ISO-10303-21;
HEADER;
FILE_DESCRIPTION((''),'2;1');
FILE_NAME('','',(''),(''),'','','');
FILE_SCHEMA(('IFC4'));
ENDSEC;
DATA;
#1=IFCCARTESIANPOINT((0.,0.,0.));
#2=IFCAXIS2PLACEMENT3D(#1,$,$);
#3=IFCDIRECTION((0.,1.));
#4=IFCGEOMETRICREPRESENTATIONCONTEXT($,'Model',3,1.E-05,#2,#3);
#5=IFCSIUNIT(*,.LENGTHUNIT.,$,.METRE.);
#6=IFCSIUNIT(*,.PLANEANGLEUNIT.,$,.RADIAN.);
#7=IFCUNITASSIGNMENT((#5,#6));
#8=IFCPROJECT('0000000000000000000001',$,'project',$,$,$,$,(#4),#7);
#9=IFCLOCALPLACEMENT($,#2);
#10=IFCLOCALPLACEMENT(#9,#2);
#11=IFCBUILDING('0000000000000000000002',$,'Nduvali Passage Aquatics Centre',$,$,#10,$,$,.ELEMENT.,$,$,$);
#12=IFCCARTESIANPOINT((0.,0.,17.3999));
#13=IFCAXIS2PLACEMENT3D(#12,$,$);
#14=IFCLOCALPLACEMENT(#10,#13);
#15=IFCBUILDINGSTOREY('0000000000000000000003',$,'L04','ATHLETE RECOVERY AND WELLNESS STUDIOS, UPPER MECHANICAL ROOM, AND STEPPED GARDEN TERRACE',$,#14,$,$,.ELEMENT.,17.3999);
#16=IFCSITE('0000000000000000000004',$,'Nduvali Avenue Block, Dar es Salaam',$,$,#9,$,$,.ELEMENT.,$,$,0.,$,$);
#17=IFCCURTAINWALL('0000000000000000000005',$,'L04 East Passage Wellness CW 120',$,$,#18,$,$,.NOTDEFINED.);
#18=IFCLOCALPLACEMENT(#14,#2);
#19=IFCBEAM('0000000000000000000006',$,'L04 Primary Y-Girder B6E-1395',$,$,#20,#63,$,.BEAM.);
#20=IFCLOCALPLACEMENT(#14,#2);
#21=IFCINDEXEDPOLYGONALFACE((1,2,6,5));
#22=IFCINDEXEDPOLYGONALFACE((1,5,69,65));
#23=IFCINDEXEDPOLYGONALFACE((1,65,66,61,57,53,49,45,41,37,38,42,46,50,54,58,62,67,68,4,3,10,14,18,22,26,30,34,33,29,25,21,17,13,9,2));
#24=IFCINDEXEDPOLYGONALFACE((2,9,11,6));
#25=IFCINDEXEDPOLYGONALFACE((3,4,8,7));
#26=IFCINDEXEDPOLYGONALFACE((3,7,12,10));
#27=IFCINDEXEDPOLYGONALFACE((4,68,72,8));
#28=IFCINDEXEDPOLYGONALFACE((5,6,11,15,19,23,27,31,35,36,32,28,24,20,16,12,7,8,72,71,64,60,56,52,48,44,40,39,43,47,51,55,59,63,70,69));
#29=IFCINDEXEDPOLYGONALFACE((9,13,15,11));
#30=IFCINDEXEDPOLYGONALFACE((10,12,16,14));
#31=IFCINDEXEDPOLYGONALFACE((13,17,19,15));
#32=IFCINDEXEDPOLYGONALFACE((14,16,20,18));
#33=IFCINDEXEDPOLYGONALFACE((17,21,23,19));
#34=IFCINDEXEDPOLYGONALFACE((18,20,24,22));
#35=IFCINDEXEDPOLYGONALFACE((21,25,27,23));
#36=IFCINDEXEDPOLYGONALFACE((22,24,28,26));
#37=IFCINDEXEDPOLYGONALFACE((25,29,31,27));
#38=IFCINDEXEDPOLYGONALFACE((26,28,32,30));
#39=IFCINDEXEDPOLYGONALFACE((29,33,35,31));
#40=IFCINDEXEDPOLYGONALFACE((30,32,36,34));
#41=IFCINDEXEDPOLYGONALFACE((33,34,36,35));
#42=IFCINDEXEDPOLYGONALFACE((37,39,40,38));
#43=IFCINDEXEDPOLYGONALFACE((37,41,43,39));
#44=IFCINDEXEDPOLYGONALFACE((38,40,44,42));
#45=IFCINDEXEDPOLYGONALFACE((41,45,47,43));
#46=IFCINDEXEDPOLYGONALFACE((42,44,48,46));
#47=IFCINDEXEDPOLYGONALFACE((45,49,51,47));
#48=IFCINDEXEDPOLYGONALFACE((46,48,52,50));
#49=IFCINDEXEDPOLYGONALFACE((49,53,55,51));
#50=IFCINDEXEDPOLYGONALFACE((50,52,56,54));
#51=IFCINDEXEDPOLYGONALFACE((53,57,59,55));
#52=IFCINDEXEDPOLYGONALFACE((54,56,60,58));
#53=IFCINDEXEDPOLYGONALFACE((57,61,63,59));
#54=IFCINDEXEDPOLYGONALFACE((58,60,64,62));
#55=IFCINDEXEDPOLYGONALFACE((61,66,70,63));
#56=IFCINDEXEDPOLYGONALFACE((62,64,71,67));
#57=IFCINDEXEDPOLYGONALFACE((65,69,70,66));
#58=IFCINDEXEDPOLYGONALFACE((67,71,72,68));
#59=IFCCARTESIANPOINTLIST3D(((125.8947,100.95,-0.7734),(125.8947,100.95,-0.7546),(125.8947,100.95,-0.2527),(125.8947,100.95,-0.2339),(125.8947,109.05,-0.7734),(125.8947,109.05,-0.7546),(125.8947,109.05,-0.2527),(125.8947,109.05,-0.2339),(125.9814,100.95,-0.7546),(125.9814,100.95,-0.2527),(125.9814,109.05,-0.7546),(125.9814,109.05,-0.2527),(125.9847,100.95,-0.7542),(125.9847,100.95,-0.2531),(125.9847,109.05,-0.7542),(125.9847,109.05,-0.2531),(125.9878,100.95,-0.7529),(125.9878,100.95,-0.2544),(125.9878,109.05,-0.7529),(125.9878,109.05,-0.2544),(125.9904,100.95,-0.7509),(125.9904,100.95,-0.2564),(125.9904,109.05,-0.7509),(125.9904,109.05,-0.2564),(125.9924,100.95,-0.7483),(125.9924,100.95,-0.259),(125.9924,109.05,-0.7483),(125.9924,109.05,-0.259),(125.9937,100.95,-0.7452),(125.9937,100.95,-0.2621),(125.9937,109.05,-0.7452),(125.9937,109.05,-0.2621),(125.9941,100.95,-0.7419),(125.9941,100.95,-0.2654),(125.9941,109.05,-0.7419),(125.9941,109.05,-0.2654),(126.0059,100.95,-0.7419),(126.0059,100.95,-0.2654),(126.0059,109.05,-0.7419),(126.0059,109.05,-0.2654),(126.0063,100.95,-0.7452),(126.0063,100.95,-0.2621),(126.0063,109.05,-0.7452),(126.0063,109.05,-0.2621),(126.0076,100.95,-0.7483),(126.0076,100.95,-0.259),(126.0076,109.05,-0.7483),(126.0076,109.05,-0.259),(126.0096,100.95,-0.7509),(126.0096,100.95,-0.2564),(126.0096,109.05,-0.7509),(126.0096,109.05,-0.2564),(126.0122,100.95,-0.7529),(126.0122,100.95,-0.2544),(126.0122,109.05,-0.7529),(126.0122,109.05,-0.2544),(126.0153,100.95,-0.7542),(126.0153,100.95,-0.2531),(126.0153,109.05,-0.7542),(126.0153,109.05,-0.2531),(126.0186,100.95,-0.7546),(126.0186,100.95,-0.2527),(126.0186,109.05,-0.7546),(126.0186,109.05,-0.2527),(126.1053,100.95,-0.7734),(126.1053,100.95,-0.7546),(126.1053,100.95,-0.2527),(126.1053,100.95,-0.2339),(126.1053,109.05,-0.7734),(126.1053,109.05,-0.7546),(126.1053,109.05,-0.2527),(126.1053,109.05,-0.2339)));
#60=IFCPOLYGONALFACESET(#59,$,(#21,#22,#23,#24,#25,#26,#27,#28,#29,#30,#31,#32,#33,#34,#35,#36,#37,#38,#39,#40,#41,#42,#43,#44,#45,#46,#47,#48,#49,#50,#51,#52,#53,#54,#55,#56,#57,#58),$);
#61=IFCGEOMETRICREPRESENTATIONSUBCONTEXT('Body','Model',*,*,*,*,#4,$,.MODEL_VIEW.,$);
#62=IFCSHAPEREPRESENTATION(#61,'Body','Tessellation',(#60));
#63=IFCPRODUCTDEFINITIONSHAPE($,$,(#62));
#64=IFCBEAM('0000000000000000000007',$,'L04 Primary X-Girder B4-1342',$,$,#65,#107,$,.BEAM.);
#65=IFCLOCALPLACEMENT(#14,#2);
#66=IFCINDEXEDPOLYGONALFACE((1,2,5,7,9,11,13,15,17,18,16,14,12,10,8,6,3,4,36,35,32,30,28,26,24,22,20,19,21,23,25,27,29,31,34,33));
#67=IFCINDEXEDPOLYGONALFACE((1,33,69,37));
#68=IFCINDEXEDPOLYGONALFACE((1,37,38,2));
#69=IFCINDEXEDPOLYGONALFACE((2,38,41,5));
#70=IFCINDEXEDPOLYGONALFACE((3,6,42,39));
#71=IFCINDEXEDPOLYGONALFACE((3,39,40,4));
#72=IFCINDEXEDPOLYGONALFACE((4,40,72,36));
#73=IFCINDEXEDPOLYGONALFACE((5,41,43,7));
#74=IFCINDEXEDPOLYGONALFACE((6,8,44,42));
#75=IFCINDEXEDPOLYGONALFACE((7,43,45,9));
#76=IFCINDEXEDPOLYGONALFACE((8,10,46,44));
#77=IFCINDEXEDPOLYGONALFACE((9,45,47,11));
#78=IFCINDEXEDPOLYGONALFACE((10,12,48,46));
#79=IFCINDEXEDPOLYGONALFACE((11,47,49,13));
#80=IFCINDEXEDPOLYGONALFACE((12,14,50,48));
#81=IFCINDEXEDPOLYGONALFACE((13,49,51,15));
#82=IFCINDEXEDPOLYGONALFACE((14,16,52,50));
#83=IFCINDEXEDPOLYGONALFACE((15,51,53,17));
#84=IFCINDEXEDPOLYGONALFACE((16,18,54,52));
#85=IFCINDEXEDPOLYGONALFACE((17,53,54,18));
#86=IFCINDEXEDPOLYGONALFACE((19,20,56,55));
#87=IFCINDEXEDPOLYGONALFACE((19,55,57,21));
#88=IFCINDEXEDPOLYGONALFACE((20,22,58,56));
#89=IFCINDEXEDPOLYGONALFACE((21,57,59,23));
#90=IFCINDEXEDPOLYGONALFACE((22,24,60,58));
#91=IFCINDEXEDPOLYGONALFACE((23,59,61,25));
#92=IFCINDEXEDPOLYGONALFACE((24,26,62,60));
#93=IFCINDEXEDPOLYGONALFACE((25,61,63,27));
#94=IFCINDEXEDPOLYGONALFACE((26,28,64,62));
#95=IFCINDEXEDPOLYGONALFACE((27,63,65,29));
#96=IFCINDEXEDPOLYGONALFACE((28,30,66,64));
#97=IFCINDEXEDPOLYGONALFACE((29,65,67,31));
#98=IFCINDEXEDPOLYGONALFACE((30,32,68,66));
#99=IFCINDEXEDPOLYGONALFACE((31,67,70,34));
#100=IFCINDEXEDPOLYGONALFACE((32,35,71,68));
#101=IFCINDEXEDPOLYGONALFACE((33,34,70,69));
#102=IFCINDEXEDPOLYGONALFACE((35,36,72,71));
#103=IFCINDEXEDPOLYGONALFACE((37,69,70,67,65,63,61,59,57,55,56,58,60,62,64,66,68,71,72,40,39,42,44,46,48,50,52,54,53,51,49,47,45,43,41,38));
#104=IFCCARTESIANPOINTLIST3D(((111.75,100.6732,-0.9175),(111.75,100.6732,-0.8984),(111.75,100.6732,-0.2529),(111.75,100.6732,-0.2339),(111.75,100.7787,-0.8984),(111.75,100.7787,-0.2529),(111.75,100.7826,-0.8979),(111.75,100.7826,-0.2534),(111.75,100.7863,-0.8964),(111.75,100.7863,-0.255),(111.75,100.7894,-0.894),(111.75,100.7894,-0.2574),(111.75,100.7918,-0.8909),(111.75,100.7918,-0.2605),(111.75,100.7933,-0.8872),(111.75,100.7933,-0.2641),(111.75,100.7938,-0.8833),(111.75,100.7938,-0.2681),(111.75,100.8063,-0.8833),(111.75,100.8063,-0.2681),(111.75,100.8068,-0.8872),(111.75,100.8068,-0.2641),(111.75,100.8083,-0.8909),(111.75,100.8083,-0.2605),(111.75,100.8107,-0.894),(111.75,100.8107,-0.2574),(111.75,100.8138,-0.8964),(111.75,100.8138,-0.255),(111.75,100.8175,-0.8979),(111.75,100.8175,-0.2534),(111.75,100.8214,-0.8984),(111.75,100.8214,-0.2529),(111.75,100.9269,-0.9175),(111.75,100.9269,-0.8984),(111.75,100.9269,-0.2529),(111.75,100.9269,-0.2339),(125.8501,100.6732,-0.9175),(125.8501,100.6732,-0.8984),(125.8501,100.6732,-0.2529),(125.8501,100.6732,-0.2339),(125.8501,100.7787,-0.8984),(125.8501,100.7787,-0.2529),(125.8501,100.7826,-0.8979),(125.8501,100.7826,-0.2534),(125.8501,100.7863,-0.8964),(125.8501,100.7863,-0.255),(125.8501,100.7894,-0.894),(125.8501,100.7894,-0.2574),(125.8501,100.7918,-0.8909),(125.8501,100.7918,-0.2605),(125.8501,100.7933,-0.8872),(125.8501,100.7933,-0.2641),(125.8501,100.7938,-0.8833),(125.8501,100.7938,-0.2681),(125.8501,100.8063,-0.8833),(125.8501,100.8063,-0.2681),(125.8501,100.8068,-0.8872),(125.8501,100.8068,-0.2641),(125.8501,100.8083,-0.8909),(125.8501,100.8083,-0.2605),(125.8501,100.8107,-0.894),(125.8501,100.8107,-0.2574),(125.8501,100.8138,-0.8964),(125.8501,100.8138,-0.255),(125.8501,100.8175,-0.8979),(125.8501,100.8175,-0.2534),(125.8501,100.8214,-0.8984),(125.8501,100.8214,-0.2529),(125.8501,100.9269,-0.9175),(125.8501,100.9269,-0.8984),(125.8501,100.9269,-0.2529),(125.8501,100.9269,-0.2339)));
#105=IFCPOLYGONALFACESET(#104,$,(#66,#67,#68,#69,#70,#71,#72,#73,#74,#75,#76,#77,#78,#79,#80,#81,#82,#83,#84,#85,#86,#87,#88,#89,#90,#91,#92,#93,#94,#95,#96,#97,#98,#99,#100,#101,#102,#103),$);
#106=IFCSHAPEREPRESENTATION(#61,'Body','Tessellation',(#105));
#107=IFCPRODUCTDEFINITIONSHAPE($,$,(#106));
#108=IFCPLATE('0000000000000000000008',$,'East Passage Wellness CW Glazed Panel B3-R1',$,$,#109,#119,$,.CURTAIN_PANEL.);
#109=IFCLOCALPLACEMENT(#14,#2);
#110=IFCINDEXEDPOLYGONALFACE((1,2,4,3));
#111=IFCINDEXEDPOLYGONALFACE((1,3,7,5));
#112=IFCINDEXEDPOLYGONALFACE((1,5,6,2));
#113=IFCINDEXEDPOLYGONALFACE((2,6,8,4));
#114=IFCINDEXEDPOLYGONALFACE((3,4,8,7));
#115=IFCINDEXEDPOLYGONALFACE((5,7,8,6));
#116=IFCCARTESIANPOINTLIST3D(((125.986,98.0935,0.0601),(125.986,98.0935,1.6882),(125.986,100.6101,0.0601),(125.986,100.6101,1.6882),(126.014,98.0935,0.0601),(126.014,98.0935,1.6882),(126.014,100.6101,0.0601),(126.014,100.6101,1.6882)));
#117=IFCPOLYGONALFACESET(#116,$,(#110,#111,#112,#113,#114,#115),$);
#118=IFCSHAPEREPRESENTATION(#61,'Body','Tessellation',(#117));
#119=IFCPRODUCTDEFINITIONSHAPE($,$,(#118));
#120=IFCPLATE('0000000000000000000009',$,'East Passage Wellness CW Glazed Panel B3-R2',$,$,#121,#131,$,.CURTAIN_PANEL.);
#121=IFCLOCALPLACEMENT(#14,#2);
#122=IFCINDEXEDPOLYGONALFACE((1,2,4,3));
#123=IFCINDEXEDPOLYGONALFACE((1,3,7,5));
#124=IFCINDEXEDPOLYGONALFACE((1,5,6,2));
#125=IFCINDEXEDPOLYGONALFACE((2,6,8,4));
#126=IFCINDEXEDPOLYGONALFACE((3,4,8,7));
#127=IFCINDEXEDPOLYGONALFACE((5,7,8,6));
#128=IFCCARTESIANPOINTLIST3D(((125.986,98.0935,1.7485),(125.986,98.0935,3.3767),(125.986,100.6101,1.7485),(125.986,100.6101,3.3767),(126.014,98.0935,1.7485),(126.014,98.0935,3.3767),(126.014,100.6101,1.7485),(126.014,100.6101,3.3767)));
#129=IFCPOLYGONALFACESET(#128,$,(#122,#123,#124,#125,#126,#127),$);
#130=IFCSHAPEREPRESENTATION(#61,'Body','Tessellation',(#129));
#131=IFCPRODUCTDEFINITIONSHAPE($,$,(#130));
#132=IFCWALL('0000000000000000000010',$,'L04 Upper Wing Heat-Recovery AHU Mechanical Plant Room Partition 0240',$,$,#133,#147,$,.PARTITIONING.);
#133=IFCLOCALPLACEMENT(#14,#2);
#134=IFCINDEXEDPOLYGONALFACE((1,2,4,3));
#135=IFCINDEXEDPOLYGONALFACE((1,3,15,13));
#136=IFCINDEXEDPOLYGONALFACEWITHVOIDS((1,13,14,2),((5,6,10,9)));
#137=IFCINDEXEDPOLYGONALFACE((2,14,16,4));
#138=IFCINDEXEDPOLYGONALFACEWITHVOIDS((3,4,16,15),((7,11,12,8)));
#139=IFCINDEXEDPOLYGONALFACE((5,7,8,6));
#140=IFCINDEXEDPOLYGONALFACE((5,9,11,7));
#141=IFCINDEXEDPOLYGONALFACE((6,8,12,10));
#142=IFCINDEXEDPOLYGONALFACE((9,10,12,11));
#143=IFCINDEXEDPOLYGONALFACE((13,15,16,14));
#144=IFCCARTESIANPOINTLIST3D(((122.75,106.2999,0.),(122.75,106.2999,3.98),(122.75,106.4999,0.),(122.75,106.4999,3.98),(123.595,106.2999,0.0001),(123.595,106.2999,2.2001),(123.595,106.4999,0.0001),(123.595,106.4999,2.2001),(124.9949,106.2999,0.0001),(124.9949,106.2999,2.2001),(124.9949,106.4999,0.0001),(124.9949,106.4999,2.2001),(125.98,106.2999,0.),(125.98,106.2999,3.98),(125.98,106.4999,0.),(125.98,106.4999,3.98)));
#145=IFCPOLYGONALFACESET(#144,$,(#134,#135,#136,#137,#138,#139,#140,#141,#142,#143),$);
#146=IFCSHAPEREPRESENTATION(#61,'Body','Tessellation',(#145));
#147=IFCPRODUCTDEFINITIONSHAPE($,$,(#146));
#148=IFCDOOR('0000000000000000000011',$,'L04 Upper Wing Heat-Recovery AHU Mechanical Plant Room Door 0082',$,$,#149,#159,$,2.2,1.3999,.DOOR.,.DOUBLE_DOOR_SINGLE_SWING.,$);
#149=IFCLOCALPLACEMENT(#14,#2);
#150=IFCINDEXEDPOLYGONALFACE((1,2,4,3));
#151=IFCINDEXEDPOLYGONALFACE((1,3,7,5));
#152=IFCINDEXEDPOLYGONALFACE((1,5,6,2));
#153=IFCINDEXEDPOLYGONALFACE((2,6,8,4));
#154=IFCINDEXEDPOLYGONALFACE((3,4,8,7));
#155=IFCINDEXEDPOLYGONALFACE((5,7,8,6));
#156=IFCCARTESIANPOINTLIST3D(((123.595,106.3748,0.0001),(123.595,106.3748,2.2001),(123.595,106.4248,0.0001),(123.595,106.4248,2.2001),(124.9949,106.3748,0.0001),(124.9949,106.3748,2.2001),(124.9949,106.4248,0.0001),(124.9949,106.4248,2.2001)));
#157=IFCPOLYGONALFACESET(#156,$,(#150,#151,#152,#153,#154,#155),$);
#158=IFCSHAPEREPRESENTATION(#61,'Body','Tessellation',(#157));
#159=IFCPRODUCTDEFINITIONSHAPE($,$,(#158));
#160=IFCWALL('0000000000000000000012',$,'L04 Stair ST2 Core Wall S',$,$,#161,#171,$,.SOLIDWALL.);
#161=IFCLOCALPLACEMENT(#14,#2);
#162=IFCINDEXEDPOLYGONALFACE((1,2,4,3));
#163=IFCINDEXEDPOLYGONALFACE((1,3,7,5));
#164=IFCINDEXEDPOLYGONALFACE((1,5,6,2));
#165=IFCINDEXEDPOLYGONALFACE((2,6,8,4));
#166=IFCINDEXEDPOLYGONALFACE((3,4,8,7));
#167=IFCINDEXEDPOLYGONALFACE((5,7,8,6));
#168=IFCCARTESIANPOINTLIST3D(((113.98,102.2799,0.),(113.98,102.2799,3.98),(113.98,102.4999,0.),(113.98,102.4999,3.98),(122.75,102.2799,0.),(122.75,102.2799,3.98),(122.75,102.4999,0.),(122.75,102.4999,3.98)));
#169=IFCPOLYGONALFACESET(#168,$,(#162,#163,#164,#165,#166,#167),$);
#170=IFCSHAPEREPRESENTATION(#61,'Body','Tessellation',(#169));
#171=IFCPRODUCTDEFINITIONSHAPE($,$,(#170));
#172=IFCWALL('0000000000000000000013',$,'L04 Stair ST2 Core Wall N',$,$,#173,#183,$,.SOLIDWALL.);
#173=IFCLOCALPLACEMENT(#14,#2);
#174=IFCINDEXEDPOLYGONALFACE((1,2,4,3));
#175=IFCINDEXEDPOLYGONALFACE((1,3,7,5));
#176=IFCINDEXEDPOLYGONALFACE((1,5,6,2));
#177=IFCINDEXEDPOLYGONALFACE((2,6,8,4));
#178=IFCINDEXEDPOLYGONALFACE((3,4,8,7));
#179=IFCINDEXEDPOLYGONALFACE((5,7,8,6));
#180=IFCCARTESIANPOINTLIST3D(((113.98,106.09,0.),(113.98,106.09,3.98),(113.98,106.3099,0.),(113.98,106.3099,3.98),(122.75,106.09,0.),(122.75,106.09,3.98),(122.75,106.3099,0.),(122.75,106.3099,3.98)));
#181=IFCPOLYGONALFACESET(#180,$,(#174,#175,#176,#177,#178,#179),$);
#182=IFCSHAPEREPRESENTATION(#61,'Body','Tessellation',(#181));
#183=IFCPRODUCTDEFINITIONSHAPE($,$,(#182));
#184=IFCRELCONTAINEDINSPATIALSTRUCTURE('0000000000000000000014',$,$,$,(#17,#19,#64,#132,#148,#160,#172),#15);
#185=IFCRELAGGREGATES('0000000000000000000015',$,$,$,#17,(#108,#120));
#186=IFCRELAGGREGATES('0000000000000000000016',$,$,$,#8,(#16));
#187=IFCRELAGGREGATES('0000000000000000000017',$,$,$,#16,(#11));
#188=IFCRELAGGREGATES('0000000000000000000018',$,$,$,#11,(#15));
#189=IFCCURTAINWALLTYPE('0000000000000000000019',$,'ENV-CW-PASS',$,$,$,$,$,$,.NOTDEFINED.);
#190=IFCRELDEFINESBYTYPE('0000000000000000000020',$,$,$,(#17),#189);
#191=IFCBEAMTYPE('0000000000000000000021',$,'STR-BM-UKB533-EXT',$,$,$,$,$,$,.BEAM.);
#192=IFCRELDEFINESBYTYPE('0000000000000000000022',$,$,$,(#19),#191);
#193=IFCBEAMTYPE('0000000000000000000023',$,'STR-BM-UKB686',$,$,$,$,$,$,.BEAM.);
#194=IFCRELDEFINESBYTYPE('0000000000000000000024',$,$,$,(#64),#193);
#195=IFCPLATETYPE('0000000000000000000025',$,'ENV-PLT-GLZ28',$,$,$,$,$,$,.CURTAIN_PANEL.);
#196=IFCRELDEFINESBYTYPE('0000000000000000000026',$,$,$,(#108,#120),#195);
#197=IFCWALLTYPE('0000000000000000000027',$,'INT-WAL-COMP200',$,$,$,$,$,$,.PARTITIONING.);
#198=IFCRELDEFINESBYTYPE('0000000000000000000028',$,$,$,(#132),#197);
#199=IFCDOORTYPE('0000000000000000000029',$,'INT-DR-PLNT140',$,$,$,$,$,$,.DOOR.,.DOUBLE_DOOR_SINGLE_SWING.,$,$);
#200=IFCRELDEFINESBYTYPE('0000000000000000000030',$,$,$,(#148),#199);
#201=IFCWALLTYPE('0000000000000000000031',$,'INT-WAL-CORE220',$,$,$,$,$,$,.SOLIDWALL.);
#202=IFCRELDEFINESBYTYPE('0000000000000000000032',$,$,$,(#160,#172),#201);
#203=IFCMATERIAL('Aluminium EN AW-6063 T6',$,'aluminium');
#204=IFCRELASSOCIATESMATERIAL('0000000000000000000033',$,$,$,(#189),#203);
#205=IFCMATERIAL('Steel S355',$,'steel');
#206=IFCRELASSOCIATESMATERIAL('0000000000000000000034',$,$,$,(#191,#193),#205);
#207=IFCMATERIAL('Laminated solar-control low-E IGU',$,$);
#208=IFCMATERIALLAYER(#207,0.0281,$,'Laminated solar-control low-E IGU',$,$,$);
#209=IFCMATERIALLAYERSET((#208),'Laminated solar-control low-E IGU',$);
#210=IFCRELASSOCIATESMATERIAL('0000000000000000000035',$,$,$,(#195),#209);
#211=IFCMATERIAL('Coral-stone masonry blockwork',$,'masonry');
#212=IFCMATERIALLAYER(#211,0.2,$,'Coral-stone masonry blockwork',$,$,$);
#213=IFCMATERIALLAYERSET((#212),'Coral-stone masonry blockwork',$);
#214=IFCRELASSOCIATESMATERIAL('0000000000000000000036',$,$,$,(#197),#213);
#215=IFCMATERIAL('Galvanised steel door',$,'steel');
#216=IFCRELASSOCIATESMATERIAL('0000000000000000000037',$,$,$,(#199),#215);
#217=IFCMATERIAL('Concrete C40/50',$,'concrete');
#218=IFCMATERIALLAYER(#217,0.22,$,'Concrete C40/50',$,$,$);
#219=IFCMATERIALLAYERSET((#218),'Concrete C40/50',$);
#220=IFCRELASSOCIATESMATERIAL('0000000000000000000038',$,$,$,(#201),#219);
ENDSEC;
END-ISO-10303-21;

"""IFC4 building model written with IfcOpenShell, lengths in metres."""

from ifc_helpers import new_model, si_unit, direction, frame, frame_2d, origin, origin_2d, place, context, subcontext, project, spatial, rectangle, i_section, extrude, material, layer, layer_set, material_profile, profile_set, type_object, element, fill, aggregate, save


model = new_model("IFC4")

# Units and contexts
model_context = context("Model", 3, precision=1e-05, world=origin(), true_north=direction((0.0, 1.0)))
body_context = subcontext(model_context, "Body", "Model", "MODEL_VIEW")
ifc_project = project(units=[si_unit("LENGTHUNIT", "METRE"), si_unit("PLANEANGLEUNIT", "RADIAN")], contexts=[model_context])

# Site, building, storey
site_placement = place(None, origin())
site = spatial("IfcSite", under=ifc_project, at=site_placement, Name="Nduvali Avenue Block, Dar es Salaam", CompositionType="ELEMENT", RefElevation=0.0)
building_placement = place(site_placement, origin())
building = spatial("IfcBuilding", under=site, at=building_placement, Name="Nduvali Passage Aquatics Centre", CompositionType="ELEMENT")
storey_placement = place(building_placement, frame((0.0, 0.0, 17.3999)))
storey = spatial("IfcBuildingStorey", under=building, at=storey_placement, Name="L04", Description="ATHLETE RECOVERY AND WELLNESS STUDIOS, UPPER MECHANICAL ROOM, AND STEPPED GARDEN TERRACE", CompositionType="ELEMENT", Elevation=17.3999)

# Shared definitions
ifc_material_1 = material(Name="Steel S355", Category="steel")

# Curtain wall
ifc_material_2 = material(Name="Aluminium EN AW-6063 T6", Category="aluminium")
curtain_wall_type = type_object("IfcCurtainWallType", Name="ENV-CW-PASS", PredefinedType="NOTDEFINED", material=ifc_material_2)
curtain_wall_placement = place(storey_placement, origin())
curtain_wall = element("IfcCurtainWall", 1, at=curtain_wall_placement, inside=storey, type_object=curtain_wall_type, Name="L04 East Passage Wellness CW 120", PredefinedType="NOTDEFINED")

# Beams
ifc_material_profile_1 = material_profile(ifc_material_1, i_section(OverallWidth=0.2107, OverallDepth=0.5396, WebThickness=0.0117, FlangeThickness=0.0188, FilletRadius=0.0127, at=origin_2d()), Name="UKB 533x210x109")
ifc_profile_set_1 = profile_set([ifc_material_profile_1], Name="Steel S355")
beam_type_1 = type_object("IfcBeamType", Name="STR-BM-UKB533-EXT", PredefinedType="BEAM", material=ifc_profile_set_1)
beam_1_placement = place(storey_placement, frame((126.0, 100.95, -0.5037), z_axis=(0.0, 1.0, 0.0), x_axis=(-1.0, 0.0, 0.0)))
element("IfcBeam", 2, at=beam_1_placement, inside=storey, type_object=beam_type_1, Name="L04 Primary Y-Girder B6E-1395", PredefinedType="BEAM", context=body_context, shape_type="SweptSolid", body=[
    extrude(i_section(OverallWidth=0.2107, OverallDepth=0.5396, WebThickness=0.0117, FlangeThickness=0.0188, FilletRadius=0.0127, at=origin_2d()), origin(), (0.0, 0.0, 1.0), 8.1001),
])
ifc_material_profile_2 = material_profile(ifc_material_1, i_section(OverallWidth=0.2537, OverallDepth=0.6836, WebThickness=0.0125, FlangeThickness=0.019, FilletRadius=0.0151, at=origin_2d()), Name="UKB 686x254x140")
ifc_profile_set_2 = profile_set([ifc_material_profile_2], Name="Steel S355")
beam_type_2 = type_object("IfcBeamType", Name="STR-BM-UKB686", PredefinedType="BEAM", material=ifc_profile_set_2)
beam_2_placement = place(storey_placement, frame((111.75, 100.8, -0.5757), z_axis=(1.0, 0.0, 0.0), x_axis=(0.0, 1.0, 0.0)))
element("IfcBeam", 3, at=beam_2_placement, inside=storey, type_object=beam_type_2, Name="L04 Primary X-Girder B4-1342", PredefinedType="BEAM", context=body_context, shape_type="SweptSolid", body=[
    extrude(i_section(OverallWidth=0.2537, OverallDepth=0.6836, WebThickness=0.0125, FlangeThickness=0.019, FilletRadius=0.0151, at=origin_2d()), origin(), (0.0, 0.0, 1.0), 14.1001),
])

# Plates
ifc_material_3 = material(Name="Laminated solar-control low-E IGU")
ifc_layer_1 = layer(ifc_material_3, 0.0281, Name="Laminated solar-control low-E IGU")
ifc_layer_set_1 = layer_set([ifc_layer_1], Name="Laminated solar-control low-E IGU")
plate_type = type_object("IfcPlateType", Name="ENV-PLT-GLZ28", PredefinedType="CURTAIN_PANEL", material=ifc_layer_set_1)
plate_1_placement = place(storey_placement, frame((126.0, 99.3518, 0.0601), z_axis=(0.0, 0.0, 1.0), x_axis=(0.0, 1.0, 0.0)))
plate_1 = element("IfcPlate", 4, at=plate_1_placement, type_object=plate_type, Name="East Passage Wellness CW Glazed Panel B3-R1", PredefinedType="CURTAIN_PANEL", context=body_context, shape_type="SweptSolid", body=[
    extrude(rectangle(XDim=2.5166, YDim=0.0281, at=origin_2d()), origin(), (0.0, 0.0, 1.0), 1.6282),
])
plate_2_placement = place(storey_placement, frame((126.0, 99.3518, 1.7485), z_axis=(0.0, 0.0, 1.0), x_axis=(0.0, 1.0, 0.0)))
plate_2 = element("IfcPlate", 5, at=plate_2_placement, type_object=plate_type, Name="East Passage Wellness CW Glazed Panel B3-R2", PredefinedType="CURTAIN_PANEL", context=body_context, shape_type="SweptSolid", body=[
    extrude(rectangle(XDim=2.5166, YDim=0.0281, at=origin_2d()), origin(), (0.0, 0.0, 1.0), 1.6282),
])
aggregate(curtain_wall, [plate_1, plate_2])

# Wall, opening, door
ifc_material_4 = material(Name="Coral-stone masonry blockwork", Category="masonry")
ifc_layer_2 = layer(ifc_material_4, 0.2, Name="Coral-stone masonry blockwork")
ifc_layer_set_2 = layer_set([ifc_layer_2], Name="Coral-stone masonry blockwork")
wall_type_1 = type_object("IfcWallType", Name="INT-WAL-COMP200", PredefinedType="PARTITIONING", material=ifc_layer_set_2)
wall_1_placement = place(storey_placement, frame((122.75, 106.3999, 0.0), z_axis=(0.0, 0.0, 1.0), x_axis=(1.0, 0.0, 0.0)))
wall_1 = element("IfcWall", 6, at=wall_1_placement, inside=storey, type_object=wall_type_1, Name="L04 Upper Wing Heat-Recovery AHU Mechanical Plant Room Partition 0240", PredefinedType="PARTITIONING", context=body_context, shape_type="SweptSolid", body=[
    extrude(rectangle(XDim=3.23, YDim=0.2, at=frame_2d((1.615, 0.0))), origin(), (0.0, 0.0, 1.0), 3.98),
])
opening_1_placement = place(wall_1_placement, frame((0.845, 0.0, 0.0)))
opening_1 = element("IfcOpeningElement", 7, at=opening_1_placement, cuts=wall_1, PredefinedType="OPENING", context=body_context, shape_type="SweptSolid", body=[
    extrude(rectangle(XDim=1.3999, YDim=2.2, at=frame_2d((0.7, 1.1001))), frame((0.0, 0.1147, 0.0), z_axis=(0.0, -1.0, 0.0), x_axis=(1.0, 0.0, 0.0)), (0.0, 0.0, 1.0), 0.2297),
])
ifc_material_5 = material(Name="Galvanised steel door", Category="steel")
door_type_1 = type_object("IfcDoorType", Name="INT-DR-PLNT140", OperationType="DOUBLE_DOOR_SINGLE_SWING", PredefinedType="DOOR", material=ifc_material_5)
door_1_placement = place(opening_1_placement, origin())
door_1 = element("IfcDoor", 8, at=door_1_placement, inside=storey, type_object=door_type_1, Name="L04 Upper Wing Heat-Recovery AHU Mechanical Plant Room Door 0082", OperationType="DOUBLE_DOOR_SINGLE_SWING", OverallHeight=2.2, OverallWidth=1.3999, PredefinedType="DOOR", context=body_context, shape_type="SweptSolid", body=[
    extrude(rectangle(XDim=1.3999, YDim=2.2, at=frame_2d((0.7, 1.1001))), frame((0.0, 0.0249, 0.0), z_axis=(0.0, -1.0, 0.0), x_axis=(1.0, 0.0, 0.0)), (0.0, 0.0, 1.0), 0.05),
])
fill(opening_1, door_1)

# Walls
ifc_material_6 = material(Name="Concrete C40/50", Category="concrete")
ifc_layer_3 = layer(ifc_material_6, 0.22, Name="Concrete C40/50")
ifc_layer_set_3 = layer_set([ifc_layer_3], Name="Concrete C40/50")
wall_type_2 = type_object("IfcWallType", Name="INT-WAL-CORE220", PredefinedType="SOLIDWALL", material=ifc_layer_set_3)
for number, where, z_axis, x_axis, name in (
    (9, (113.98, 102.3899, 0.0), (0.0, 0.0, 1.0), (1.0, 0.0, 0.0), "L04 Stair ST2 Core Wall S"),
    (10, (122.75, 106.2, 0.0), (0.0, 0.0, 1.0), (-1.0, 0.0, 0.0), "L04 Stair ST2 Core Wall N"),
):
    element("IfcWall", number, at=place(storey_placement, frame(where, z_axis=z_axis, x_axis=x_axis)), inside=storey, type_object=wall_type_2, Name=name, PredefinedType="SOLIDWALL", context=body_context, shape_type="SweptSolid", body=[
        extrude(rectangle(XDim=8.77, YDim=0.22, at=frame_2d((4.385, 0.0))), origin(), (0.0, 0.0, 1.0), 3.98),
    ])

save(model, "model.ifc")
